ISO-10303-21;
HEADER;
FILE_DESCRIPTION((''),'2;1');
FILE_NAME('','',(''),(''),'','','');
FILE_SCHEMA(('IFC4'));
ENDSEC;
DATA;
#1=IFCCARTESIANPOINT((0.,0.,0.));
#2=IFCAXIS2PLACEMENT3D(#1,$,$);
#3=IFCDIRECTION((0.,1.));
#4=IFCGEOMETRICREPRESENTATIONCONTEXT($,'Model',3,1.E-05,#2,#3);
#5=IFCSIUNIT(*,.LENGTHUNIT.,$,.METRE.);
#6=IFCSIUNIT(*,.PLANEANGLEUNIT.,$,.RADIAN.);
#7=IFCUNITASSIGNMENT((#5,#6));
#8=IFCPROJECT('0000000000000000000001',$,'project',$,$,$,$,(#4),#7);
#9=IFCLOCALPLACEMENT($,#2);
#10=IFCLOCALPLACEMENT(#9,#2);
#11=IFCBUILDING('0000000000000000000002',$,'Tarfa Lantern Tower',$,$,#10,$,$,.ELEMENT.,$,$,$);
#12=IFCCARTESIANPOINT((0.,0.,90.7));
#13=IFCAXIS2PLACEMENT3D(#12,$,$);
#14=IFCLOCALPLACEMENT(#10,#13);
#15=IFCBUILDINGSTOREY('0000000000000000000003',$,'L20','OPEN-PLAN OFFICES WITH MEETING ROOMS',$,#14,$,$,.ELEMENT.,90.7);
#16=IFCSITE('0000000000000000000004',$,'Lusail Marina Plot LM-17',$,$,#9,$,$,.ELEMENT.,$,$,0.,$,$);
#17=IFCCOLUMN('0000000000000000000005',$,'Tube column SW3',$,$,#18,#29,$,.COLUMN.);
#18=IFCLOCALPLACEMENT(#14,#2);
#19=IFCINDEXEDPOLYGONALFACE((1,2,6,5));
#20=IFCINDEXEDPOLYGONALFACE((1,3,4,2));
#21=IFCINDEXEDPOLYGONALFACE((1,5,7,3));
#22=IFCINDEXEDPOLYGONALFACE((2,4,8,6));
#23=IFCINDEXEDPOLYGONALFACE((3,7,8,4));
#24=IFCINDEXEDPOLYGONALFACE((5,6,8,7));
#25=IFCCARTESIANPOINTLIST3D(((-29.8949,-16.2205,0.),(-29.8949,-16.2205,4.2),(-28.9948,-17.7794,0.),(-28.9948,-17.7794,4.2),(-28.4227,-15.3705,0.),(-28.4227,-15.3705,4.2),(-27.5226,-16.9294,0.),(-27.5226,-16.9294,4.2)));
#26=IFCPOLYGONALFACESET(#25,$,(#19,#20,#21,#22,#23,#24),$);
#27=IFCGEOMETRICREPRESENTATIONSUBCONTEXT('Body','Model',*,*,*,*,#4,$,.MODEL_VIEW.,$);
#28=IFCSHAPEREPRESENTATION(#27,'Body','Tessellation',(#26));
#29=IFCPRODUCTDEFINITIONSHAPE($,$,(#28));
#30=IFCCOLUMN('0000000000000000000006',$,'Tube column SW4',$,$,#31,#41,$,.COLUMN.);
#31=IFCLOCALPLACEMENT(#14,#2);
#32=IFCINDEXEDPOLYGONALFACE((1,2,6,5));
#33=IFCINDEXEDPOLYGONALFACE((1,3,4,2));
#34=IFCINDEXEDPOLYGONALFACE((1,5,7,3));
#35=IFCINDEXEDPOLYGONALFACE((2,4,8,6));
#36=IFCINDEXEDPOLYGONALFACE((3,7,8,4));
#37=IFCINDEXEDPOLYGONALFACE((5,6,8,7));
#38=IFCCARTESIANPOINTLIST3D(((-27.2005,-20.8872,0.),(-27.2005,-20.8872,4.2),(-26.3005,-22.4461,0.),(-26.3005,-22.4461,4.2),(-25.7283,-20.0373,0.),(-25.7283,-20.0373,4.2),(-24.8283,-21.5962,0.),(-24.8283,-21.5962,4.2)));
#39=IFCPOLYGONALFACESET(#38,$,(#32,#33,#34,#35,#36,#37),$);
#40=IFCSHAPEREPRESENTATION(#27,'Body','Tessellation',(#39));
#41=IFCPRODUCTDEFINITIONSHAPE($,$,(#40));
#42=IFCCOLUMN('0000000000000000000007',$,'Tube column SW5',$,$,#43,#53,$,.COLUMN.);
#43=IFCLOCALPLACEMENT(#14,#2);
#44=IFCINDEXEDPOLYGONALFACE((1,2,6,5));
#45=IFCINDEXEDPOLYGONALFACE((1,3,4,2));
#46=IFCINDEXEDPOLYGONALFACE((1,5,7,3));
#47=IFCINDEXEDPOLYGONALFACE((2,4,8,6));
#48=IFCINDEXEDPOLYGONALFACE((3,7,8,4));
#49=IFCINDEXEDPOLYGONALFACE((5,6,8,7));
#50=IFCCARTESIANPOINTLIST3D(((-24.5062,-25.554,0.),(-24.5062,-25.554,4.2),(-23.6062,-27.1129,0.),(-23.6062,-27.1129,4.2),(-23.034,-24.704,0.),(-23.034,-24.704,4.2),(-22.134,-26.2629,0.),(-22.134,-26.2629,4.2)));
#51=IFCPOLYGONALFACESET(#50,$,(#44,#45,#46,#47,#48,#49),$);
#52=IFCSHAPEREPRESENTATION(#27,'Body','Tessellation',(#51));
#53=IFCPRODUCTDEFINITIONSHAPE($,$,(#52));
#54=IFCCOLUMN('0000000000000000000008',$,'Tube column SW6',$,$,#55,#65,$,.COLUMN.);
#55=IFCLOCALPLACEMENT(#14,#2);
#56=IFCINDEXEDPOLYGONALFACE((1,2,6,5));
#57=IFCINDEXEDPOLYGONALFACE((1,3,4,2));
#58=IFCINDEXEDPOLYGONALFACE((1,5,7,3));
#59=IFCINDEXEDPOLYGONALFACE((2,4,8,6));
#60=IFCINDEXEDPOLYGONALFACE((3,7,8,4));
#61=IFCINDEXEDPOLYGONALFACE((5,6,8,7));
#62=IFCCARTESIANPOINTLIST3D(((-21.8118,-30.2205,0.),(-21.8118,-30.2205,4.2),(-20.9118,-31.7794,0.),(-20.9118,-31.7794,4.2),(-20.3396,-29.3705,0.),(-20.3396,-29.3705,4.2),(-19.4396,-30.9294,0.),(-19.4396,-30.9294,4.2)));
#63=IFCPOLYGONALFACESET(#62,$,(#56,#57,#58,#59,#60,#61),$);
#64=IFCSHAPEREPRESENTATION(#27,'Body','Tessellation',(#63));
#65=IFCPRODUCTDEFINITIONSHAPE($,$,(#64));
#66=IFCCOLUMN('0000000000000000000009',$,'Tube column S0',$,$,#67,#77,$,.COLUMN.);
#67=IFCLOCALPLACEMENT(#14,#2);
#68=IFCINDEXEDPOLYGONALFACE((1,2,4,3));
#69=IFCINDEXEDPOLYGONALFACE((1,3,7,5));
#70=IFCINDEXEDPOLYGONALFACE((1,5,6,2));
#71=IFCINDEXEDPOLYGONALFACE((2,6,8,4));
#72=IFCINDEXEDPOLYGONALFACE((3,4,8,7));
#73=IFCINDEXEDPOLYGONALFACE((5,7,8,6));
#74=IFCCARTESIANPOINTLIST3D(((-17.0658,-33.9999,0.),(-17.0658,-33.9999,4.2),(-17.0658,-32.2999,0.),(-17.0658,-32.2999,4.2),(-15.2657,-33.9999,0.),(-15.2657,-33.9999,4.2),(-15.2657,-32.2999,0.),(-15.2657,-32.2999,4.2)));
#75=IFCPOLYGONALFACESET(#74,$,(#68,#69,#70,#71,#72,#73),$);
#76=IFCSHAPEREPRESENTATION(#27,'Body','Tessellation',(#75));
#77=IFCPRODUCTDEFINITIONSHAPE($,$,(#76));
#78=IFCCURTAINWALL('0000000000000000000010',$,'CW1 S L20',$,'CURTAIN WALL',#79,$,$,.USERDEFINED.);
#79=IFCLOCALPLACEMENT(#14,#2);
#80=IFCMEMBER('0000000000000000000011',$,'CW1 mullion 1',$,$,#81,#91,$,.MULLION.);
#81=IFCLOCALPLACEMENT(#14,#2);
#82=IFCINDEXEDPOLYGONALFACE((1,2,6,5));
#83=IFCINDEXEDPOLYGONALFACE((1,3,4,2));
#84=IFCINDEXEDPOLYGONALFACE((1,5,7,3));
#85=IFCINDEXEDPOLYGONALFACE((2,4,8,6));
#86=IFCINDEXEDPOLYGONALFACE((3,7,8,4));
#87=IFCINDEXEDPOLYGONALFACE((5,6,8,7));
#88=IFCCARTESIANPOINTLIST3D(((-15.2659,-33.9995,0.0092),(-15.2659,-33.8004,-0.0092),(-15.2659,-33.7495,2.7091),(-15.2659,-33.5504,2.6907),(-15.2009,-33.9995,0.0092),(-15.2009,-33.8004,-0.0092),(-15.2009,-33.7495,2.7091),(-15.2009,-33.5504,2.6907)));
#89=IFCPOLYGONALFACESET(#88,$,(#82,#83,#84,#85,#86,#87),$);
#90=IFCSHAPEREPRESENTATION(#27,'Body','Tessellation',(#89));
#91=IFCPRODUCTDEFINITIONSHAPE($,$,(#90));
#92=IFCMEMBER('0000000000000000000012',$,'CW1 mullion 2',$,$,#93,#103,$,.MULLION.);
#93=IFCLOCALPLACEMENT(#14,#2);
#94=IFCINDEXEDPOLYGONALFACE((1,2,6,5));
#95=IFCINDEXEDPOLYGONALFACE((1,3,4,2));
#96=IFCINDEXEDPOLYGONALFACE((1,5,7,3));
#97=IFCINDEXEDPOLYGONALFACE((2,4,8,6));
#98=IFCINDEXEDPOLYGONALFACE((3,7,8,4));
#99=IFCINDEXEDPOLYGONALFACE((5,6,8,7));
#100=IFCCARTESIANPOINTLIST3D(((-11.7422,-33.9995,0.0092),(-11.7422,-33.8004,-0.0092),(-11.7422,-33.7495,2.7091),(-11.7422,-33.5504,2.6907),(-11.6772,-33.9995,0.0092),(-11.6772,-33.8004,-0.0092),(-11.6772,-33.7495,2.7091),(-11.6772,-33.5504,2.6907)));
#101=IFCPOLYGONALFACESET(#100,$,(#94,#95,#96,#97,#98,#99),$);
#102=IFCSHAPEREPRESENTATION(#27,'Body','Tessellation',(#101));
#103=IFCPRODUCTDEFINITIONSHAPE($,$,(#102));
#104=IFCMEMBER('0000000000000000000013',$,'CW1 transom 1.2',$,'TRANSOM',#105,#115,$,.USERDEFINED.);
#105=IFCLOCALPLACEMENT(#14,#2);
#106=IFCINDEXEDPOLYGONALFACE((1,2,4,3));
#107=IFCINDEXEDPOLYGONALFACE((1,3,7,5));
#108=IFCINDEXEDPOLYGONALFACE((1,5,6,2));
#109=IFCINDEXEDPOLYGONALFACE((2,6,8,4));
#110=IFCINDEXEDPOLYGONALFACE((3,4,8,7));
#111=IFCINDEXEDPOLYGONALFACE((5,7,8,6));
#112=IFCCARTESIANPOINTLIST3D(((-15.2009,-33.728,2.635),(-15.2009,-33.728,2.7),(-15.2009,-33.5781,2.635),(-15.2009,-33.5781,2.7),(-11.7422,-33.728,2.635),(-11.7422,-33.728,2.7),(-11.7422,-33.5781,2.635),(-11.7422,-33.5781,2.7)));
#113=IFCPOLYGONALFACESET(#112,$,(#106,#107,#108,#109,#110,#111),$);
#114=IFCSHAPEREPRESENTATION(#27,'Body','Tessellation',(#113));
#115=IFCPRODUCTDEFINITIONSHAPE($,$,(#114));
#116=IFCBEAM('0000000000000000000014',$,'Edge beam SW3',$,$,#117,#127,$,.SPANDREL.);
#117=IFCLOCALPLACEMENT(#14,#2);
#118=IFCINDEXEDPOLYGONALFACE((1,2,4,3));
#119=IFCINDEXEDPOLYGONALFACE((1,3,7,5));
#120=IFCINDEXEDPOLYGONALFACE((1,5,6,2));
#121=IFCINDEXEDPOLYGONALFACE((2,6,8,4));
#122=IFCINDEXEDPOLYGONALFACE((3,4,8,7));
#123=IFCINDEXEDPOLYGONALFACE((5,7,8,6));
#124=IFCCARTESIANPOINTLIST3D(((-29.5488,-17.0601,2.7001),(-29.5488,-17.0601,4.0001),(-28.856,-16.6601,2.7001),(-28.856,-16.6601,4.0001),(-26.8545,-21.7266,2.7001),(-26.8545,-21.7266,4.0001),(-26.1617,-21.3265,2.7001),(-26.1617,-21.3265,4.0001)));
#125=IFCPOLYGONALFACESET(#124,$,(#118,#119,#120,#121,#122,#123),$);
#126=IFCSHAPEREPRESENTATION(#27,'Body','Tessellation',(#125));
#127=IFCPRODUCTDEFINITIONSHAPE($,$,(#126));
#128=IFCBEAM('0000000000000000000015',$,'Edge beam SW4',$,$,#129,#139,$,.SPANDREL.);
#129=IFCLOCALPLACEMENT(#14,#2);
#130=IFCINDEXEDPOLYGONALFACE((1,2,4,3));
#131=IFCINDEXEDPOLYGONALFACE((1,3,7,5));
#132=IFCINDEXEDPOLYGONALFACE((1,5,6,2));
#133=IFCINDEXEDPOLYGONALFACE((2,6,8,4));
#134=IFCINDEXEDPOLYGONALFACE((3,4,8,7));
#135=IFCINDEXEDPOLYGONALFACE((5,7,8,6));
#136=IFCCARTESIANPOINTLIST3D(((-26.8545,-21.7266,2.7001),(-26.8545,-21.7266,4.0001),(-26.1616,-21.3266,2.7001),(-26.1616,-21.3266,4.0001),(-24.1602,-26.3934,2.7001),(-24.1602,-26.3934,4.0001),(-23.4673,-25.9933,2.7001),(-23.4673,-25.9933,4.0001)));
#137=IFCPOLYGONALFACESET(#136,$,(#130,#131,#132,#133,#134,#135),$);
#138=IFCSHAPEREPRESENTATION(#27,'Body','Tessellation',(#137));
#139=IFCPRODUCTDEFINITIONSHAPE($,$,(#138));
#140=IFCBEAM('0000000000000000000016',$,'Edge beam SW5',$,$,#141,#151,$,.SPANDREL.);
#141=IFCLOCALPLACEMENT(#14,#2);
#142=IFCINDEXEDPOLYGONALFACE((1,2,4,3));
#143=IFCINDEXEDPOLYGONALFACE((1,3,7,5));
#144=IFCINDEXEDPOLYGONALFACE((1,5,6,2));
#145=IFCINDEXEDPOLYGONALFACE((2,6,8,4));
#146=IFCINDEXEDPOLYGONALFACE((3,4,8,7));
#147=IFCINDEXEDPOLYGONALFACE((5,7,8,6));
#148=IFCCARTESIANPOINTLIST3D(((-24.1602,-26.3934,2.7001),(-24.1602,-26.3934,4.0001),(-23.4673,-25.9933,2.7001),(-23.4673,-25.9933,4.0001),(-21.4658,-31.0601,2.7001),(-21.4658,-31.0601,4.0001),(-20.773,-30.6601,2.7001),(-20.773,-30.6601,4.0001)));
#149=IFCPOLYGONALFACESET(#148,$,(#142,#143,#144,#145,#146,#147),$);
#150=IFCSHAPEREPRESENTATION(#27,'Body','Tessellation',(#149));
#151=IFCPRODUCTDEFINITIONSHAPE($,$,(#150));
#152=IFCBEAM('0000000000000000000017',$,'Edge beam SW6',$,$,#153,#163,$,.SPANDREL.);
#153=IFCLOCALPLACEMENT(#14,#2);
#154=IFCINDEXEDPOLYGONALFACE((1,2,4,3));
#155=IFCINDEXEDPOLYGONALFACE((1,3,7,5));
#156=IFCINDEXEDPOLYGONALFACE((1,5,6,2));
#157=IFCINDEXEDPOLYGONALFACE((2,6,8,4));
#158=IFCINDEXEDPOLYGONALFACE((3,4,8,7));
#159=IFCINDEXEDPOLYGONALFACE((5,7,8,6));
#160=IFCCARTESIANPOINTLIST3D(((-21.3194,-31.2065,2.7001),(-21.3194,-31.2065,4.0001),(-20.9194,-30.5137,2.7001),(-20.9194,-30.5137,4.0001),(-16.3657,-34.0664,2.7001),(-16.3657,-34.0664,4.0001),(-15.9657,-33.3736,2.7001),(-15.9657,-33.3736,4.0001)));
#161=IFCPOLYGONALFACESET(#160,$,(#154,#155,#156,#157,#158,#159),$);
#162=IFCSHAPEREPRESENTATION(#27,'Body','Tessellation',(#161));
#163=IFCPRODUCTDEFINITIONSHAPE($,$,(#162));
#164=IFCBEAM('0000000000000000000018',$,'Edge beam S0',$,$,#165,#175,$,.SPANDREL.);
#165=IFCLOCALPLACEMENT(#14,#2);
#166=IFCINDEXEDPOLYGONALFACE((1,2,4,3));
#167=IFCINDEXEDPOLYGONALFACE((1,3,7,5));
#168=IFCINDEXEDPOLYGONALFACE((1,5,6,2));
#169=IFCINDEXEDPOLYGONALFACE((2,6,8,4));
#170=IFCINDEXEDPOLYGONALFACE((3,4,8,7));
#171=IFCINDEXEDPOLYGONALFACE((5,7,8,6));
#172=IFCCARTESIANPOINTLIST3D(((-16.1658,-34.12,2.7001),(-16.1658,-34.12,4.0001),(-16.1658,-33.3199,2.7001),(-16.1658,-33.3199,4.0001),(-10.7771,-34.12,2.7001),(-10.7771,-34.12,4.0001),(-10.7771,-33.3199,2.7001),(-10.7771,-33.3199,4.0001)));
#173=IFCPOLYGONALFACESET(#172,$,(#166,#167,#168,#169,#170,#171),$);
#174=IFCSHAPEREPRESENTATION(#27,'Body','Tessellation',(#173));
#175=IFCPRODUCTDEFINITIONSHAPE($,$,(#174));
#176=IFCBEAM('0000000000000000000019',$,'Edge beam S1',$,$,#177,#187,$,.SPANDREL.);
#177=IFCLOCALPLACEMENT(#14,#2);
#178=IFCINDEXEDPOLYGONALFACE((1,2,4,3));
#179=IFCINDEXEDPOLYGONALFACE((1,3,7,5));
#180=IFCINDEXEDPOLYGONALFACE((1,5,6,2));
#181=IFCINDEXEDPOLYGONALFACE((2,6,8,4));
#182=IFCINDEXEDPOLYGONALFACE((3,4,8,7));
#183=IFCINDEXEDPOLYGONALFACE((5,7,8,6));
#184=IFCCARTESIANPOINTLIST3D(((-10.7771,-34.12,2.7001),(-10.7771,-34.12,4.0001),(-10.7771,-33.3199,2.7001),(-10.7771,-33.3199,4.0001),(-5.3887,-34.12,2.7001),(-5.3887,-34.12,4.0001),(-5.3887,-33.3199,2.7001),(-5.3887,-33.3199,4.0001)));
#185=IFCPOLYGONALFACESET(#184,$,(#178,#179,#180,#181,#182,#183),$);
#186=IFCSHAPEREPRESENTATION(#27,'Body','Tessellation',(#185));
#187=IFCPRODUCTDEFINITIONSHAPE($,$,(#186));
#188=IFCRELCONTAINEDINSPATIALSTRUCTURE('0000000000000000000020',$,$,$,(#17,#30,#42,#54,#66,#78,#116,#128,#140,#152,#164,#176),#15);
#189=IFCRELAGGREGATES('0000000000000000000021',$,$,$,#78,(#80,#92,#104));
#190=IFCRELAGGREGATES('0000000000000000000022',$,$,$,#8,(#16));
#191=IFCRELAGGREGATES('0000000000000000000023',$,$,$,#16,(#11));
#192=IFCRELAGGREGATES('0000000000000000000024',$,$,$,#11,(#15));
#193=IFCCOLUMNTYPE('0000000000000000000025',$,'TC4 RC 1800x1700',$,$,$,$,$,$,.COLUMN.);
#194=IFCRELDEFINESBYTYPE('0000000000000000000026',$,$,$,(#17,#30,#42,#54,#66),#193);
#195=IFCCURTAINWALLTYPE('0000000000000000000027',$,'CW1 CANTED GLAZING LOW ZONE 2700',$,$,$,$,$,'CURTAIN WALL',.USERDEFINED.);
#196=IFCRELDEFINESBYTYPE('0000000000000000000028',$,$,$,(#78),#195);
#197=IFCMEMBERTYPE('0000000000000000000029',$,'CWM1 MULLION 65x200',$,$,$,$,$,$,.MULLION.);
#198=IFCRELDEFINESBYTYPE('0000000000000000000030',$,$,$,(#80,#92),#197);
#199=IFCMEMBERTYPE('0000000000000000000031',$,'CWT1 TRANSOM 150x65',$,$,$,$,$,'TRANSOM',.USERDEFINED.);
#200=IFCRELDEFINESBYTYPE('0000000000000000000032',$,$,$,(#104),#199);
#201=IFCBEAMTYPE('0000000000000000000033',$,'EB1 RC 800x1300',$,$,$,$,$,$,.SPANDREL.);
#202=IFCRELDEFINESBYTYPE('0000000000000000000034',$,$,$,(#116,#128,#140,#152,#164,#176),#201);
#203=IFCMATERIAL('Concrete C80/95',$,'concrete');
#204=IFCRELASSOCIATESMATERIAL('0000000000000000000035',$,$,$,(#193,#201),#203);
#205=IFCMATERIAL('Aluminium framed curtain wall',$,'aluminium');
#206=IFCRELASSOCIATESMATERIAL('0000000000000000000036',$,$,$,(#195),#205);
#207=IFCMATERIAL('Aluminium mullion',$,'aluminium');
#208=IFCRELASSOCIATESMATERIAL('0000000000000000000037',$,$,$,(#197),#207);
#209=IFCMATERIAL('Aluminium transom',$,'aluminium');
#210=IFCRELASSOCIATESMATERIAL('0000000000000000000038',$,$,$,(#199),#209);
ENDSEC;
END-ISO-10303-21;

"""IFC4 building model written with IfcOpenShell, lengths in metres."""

from ifc_helpers import new_model, si_unit, direction, frame, origin, origin_2d, place, context, subcontext, project, spatial, rectangle, extrude, material, material_profile, profile_set, type_object, element, aggregate, save


model = new_model("IFC4")

# Units and contexts
model_context = context("Model", 3, precision=1e-05, world=origin(), true_north=direction((0.0, 1.0)))
body_context = subcontext(model_context, "Body", "Model", "MODEL_VIEW")
ifc_project = project(units=[si_unit("LENGTHUNIT", "METRE"), si_unit("PLANEANGLEUNIT", "RADIAN")], contexts=[model_context])

# Site, building, storey
site_placement = place(None, origin())
site = spatial("IfcSite", under=ifc_project, at=site_placement, Name="Lusail Marina Plot LM-17", CompositionType="ELEMENT", RefElevation=0.0)
building_placement = place(site_placement, origin())
building = spatial("IfcBuilding", under=site, at=building_placement, Name="Tarfa Lantern Tower", CompositionType="ELEMENT")
storey_placement = place(building_placement, frame((0.0, 0.0, 90.7)))
storey = spatial("IfcBuildingStorey", under=building, at=storey_placement, Name="L20", Description="OPEN-PLAN OFFICES WITH MEETING ROOMS", CompositionType="ELEMENT", Elevation=90.7)

# Columns
ifc_material_1 = material(Name="Concrete C80/95", Category="concrete")
ifc_material_profile_1 = material_profile(ifc_material_1, rectangle(XDim=1.8, YDim=1.7, at=origin_2d()), Name="RC 1800x1700")
ifc_profile_set_1 = profile_set([ifc_material_profile_1], Name="Concrete C80/95")
column_type = type_object("IfcColumnType", Name="TC4 RC 1800x1700", PredefinedType="COLUMN", material=ifc_profile_set_1)
for number, where, z_axis, x_axis, name in (
    (1, (-28.7087, -16.575, 0.0), (0.0, 0.0, 1.0), (0.5, -0.866025, 0.0), "Tube column SW3"),
    (2, (-26.0144, -21.2417, 0.0), (0.0, 0.0, 1.0), (0.5, -0.866025, 0.0), "Tube column SW4"),
    (3, (-23.3201, -25.9084, 0.0), (0.0, 0.0, 1.0), (0.5, -0.866025, 0.0), "Tube column SW5"),
    (4, (-20.6257, -30.575, 0.0), (0.0, 0.0, 1.0), (0.5, -0.866025, 0.0), "Tube column SW6"),
    (5, (-16.1658, -33.1499, 0.0), (0.0, 0.0, 1.0), (1.0, 0.0, 0.0), "Tube column S0"),
):
    element("IfcColumn", number, at=place(storey_placement, frame(where, z_axis=z_axis, x_axis=x_axis)), inside=storey, type_object=column_type, Name=name, PredefinedType="COLUMN", context=body_context, shape_type="SweptSolid", body=[
        extrude(rectangle(XDim=1.8, YDim=1.7, at=origin_2d()), origin(), (0.0, 0.0, 1.0), 4.2),
    ])

# Curtain wall, members
ifc_material_2 = material(Name="Aluminium framed curtain wall", Category="aluminium")
curtain_wall_type = type_object("IfcCurtainWallType", Name="CW1 CANTED GLAZING LOW ZONE 2700", ElementType="CURTAIN WALL", PredefinedType="USERDEFINED", material=ifc_material_2)
curtain_wall_placement = place(storey_placement, origin())
curtain_wall = element("IfcCurtainWall", 6, at=curtain_wall_placement, inside=storey, type_object=curtain_wall_type, Name="CW1 S L20", ObjectType="CURTAIN WALL", PredefinedType="USERDEFINED")
ifc_material_3 = material(Name="Aluminium mullion", Category="aluminium")
ifc_material_profile_2 = material_profile(ifc_material_3, rectangle(XDim=0.0649, YDim=0.2, at=origin_2d()), Name="AL MULLION 65x200")
ifc_profile_set_2 = profile_set([ifc_material_profile_2], Name="Aluminium mullion")
member_type_1 = type_object("IfcMemberType", Name="CWM1 MULLION 65x200", PredefinedType="MULLION", material=ifc_profile_set_2)
member_1_placement = place(storey_placement, frame((-15.2334, -33.8999, 0.0), z_axis=(0.0, 0.0922, 0.995741), x_axis=(-1.0, 0.0, 0.0)))
member_1 = element("IfcMember", 7, at=member_1_placement, type_object=member_type_1, Name="CW1 mullion 1", PredefinedType="MULLION", context=body_context, shape_type="SweptSolid", body=[
    extrude(rectangle(XDim=0.0649, YDim=0.2, at=origin_2d()), origin(), (0.0, 0.0, 1.0), 2.7114),
])
member_2_placement = place(storey_placement, frame((-11.7097, -33.8999, 0.0), z_axis=(0.0, 0.0922, 0.995741), x_axis=(-1.0, 0.0, 0.0)))
member_2 = element("IfcMember", 8, at=member_2_placement, type_object=member_type_1, Name="CW1 mullion 2", PredefinedType="MULLION", context=body_context, shape_type="SweptSolid", body=[
    extrude(rectangle(XDim=0.0649, YDim=0.2, at=origin_2d()), origin(), (0.0, 0.0, 1.0), 2.7114),
])
ifc_material_4 = material(Name="Aluminium transom", Category="aluminium")
ifc_material_profile_3 = material_profile(ifc_material_4, rectangle(XDim=0.1499, YDim=0.0649, at=origin_2d()), Name="AL TRANSOM 150x65")
ifc_profile_set_3 = profile_set([ifc_material_profile_3], Name="Aluminium transom")
member_type_2 = type_object("IfcMemberType", Name="CWT1 TRANSOM 150x65", ElementType="TRANSOM", PredefinedType="USERDEFINED", material=ifc_profile_set_3)
member_3_placement = place(storey_placement, frame((-15.2009, -33.6531, 2.6675), z_axis=(1.0, 0.0, 0.0), x_axis=(0.0, 1.0, 0.0)))
member_3 = element("IfcMember", 9, at=member_3_placement, type_object=member_type_2, Name="CW1 transom 1.2", ObjectType="TRANSOM", PredefinedType="USERDEFINED", context=body_context, shape_type="SweptSolid", body=[
    extrude(rectangle(XDim=0.1499, YDim=0.0649, at=origin_2d()), origin(), (0.0, 0.0, 1.0), 3.4587),
])

# Beams
ifc_material_profile_4 = material_profile(ifc_material_1, rectangle(XDim=0.8, YDim=1.3, at=origin_2d()), Name="RC 800x1300")
ifc_profile_set_4 = profile_set([ifc_material_profile_4], Name="Concrete C80/95")
beam_type_1 = type_object("IfcBeamType", Name="EB1 RC 800x1300", PredefinedType="SPANDREL", material=ifc_profile_set_4)
beam_1_placement = place(storey_placement, frame((-29.2024, -16.8601, 3.3501), z_axis=(0.500018, -0.866015, 0.0), x_axis=(0.866015, 0.500018, 0.0)))
element("IfcBeam", 10, at=beam_1_placement, inside=storey, type_object=beam_type_1, Name="Edge beam SW3", PredefinedType="SPANDREL", context=body_context, shape_type="SweptSolid", body=[
    extrude(rectangle(XDim=0.8, YDim=1.3, at=origin_2d()), origin(), (0.0, 0.0, 1.0), 5.3884),
])
for number, where, z_axis, x_axis, name in (
    (11, (-26.5081, -21.5266, 3.3501), (0.499998, -0.866026, 0.0), (0.866026, 0.499998, 0.0), "Edge beam SW4"),
    (12, (-23.8137, -26.1934, 3.3501), (0.499998, -0.866026, 0.0), (0.866026, 0.499998, 0.0), "Edge beam SW5"),
):
    element("IfcBeam", number, at=place(storey_placement, frame(where, z_axis=z_axis, x_axis=x_axis)), inside=storey, type_object=beam_type_1, Name=name, PredefinedType="SPANDREL", context=body_context, shape_type="SweptSolid", body=[
        extrude(rectangle(XDim=0.8, YDim=1.3, at=origin_2d()), origin(), (0.0, 0.0, 1.0), 5.3887),
    ])
beam_2_placement = place(storey_placement, frame((-21.1194, -30.8601, 3.3501), z_axis=(0.866033, -0.499986, 0.0), x_axis=(0.499986, 0.866033, 0.0)))
element("IfcBeam", 13, at=beam_2_placement, inside=storey, type_object=beam_type_1, Name="Edge beam SW6", PredefinedType="SPANDREL", context=body_context, shape_type="SweptSolid", body=[
    extrude(rectangle(XDim=0.8, YDim=1.3, at=origin_2d()), origin(), (0.0, 0.0, 1.0), 5.72),
])
beam_3_placement = place(storey_placement, frame((-16.1658, -33.72, 3.3501), z_axis=(1.0, 0.0, 0.0), x_axis=(0.0, 1.0, 0.0)))
element("IfcBeam", 14, at=beam_3_placement, inside=storey, type_object=beam_type_1, Name="Edge beam S0", PredefinedType="SPANDREL", context=body_context, shape_type="SweptSolid", body=[
    extrude(rectangle(XDim=0.8, YDim=1.3, at=origin_2d()), origin(), (0.0, 0.0, 1.0), 5.3887),
])
beam_4_placement = place(storey_placement, frame((-10.7771, -33.72, 3.3501), z_axis=(1.0, 0.0, 0.0), x_axis=(0.0, 1.0, 0.0)))
element("IfcBeam", 15, at=beam_4_placement, inside=storey, type_object=beam_type_1, Name="Edge beam S1", PredefinedType="SPANDREL", context=body_context, shape_type="SweptSolid", body=[
    extrude(rectangle(XDim=0.8, YDim=1.3, at=origin_2d()), origin(), (0.0, 0.0, 1.0), 5.3884),
])

aggregate(curtain_wall, [member_1, member_2, member_3])

save(model, "model.ifc")
